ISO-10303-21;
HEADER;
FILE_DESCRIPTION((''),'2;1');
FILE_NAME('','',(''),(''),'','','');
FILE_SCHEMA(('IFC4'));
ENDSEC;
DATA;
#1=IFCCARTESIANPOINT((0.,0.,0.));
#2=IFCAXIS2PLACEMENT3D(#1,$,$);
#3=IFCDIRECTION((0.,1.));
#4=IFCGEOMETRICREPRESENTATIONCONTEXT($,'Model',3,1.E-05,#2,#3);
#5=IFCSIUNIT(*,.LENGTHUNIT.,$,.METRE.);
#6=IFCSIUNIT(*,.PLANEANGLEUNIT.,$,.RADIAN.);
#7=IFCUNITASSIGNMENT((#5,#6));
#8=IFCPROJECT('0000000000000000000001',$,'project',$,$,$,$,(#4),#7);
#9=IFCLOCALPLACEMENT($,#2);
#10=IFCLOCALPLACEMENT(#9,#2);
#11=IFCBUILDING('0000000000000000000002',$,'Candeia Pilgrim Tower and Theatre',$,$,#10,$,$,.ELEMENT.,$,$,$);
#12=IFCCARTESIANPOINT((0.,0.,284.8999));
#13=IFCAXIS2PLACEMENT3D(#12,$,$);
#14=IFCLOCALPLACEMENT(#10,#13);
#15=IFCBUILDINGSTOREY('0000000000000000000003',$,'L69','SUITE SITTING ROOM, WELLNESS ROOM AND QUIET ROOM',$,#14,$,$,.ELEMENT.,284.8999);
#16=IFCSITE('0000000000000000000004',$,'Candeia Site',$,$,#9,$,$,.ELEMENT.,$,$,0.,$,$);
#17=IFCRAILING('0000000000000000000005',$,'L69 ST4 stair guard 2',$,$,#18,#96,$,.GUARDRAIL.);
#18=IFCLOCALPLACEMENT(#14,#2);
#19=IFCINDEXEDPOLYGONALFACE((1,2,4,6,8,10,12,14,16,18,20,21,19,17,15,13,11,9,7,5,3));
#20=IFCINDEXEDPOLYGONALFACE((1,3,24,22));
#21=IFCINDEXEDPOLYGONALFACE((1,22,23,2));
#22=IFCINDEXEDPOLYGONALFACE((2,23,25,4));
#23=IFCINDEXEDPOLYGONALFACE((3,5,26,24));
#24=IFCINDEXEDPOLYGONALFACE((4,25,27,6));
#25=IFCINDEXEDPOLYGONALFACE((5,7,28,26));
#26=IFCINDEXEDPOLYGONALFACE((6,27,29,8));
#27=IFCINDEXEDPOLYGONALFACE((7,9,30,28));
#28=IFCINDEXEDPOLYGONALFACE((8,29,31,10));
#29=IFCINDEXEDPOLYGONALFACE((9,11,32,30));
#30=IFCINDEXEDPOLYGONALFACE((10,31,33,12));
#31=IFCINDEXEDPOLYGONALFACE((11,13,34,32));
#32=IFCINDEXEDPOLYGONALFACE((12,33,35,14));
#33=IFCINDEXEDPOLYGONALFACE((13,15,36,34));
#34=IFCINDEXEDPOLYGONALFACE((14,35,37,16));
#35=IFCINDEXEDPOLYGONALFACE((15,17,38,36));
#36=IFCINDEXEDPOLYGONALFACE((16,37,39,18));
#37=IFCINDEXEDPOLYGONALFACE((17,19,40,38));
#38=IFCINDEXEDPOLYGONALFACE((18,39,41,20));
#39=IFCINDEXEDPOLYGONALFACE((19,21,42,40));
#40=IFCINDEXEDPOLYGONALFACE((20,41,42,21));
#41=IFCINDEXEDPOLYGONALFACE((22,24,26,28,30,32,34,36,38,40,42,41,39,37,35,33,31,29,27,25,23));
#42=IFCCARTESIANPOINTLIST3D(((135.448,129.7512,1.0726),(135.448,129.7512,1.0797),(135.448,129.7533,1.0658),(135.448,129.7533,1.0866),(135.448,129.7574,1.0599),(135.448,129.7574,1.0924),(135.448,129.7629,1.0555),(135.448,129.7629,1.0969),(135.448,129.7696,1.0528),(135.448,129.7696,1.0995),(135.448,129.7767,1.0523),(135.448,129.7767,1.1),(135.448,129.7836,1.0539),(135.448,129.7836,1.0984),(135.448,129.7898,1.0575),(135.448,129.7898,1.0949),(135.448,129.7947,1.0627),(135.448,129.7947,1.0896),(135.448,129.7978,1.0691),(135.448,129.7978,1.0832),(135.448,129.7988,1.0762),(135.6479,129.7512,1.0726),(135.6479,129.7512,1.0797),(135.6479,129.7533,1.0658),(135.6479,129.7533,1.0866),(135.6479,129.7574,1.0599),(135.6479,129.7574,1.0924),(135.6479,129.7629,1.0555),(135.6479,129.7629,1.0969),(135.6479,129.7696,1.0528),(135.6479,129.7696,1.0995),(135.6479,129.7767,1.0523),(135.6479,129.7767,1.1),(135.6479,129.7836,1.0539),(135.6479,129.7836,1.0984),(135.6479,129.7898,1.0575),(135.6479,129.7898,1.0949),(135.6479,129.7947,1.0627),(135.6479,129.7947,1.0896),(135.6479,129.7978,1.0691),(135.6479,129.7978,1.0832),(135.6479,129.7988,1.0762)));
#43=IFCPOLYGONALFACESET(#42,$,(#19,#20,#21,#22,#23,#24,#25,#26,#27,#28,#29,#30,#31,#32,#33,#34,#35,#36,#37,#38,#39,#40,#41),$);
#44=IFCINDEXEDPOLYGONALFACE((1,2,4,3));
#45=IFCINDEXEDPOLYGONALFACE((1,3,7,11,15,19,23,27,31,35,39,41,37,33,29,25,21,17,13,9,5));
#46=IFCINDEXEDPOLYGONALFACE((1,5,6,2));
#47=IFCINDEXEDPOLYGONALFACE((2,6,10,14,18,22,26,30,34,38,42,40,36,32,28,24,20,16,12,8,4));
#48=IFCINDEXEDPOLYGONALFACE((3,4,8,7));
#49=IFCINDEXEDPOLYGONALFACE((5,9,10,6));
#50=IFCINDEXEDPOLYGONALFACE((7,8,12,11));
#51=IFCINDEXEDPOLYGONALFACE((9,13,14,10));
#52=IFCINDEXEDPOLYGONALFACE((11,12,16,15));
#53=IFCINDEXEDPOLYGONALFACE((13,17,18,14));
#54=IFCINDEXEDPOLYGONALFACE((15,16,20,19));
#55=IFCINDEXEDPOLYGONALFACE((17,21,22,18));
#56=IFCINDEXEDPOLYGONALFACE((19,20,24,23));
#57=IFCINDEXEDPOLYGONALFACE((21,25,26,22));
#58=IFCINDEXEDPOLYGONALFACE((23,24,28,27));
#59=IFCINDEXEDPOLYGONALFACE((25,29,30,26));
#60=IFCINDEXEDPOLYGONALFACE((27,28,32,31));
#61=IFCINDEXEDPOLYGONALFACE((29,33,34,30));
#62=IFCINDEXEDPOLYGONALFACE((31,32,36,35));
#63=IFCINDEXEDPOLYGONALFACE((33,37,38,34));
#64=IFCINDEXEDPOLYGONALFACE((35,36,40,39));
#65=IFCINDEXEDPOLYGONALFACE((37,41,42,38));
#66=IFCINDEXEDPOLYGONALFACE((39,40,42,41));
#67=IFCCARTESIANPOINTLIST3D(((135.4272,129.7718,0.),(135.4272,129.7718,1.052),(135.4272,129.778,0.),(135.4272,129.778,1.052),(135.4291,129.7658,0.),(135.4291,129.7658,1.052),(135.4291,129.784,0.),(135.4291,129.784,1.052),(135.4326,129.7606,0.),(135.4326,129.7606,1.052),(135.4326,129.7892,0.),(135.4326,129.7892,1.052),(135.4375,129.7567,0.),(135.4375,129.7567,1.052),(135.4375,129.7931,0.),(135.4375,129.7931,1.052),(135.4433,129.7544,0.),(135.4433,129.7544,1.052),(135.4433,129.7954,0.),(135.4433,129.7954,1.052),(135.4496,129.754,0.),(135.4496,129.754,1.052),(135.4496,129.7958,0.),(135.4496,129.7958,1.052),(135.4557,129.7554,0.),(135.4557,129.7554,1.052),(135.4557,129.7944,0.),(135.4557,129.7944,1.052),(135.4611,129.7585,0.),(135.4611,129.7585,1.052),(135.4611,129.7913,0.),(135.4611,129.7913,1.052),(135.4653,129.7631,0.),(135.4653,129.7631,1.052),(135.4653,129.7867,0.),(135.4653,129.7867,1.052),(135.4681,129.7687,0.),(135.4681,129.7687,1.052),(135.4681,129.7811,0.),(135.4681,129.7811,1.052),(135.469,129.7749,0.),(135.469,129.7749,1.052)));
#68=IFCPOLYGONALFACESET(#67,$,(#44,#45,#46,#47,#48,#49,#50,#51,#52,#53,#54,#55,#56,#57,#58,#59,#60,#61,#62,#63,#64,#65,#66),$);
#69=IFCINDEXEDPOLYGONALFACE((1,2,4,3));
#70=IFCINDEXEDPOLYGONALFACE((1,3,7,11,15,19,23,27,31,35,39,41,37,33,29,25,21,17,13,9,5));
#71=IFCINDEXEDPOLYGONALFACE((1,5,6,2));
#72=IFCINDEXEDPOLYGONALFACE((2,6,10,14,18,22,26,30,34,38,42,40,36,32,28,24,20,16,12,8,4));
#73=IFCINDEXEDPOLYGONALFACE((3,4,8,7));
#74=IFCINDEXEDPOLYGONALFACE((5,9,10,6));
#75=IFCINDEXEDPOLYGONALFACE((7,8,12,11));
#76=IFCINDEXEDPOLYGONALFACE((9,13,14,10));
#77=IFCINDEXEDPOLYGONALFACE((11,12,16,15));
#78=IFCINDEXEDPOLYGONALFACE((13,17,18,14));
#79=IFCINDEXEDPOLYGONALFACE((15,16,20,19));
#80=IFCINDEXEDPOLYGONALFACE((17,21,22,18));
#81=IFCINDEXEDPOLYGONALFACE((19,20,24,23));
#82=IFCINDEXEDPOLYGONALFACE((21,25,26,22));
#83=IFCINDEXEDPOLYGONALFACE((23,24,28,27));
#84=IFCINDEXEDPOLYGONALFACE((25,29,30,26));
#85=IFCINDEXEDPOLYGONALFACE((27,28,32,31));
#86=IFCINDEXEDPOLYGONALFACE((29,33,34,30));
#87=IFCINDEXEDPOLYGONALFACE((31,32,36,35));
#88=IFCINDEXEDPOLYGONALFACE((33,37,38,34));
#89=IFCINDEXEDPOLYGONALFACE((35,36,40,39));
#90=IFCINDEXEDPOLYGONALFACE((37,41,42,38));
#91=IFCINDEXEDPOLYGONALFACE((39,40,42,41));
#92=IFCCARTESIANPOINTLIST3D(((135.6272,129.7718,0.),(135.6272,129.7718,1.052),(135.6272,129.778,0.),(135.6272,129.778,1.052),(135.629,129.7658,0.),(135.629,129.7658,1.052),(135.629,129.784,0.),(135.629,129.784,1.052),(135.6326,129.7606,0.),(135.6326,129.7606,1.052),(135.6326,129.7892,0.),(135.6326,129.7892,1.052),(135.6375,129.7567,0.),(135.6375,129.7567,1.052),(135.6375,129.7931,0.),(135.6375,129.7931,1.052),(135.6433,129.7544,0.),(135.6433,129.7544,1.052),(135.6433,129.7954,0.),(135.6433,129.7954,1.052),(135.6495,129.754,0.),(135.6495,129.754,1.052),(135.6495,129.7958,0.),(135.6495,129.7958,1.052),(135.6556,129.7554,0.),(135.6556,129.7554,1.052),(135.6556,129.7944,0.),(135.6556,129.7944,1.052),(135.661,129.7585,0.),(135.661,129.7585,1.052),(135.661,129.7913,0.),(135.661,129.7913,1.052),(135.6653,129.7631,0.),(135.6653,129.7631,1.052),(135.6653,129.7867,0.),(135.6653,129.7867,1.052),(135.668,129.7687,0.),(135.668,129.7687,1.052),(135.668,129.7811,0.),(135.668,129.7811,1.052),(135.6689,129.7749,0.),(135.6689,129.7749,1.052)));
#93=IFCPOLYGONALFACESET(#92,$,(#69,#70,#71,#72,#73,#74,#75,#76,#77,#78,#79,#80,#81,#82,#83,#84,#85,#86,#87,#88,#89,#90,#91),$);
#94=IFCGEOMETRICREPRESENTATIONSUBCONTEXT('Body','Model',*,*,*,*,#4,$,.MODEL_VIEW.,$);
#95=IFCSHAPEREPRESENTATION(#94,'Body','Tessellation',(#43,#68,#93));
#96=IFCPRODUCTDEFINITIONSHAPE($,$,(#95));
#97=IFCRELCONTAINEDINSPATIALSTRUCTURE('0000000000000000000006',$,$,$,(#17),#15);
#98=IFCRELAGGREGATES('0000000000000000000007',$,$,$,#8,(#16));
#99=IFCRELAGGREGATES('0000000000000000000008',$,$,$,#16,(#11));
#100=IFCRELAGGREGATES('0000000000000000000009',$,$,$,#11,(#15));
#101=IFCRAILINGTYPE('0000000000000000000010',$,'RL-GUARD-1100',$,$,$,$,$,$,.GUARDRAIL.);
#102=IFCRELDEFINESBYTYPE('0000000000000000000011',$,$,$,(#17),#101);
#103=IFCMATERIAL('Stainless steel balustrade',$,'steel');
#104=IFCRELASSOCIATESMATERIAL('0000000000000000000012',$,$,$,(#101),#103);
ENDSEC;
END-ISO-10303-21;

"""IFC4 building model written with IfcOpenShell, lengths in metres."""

from ifc_helpers import new_model, si_unit, direction, frame, origin, origin_2d, place, context, subcontext, project, spatial, circle, extrude, material, type_object, element, save


model = new_model("IFC4")

# Units and contexts
model_context = context("Model", 3, precision=1e-05, world=origin(), true_north=direction((0.0, 1.0)))
body_context = subcontext(model_context, "Body", "Model", "MODEL_VIEW")
ifc_project = project(units=[si_unit("LENGTHUNIT", "METRE"), si_unit("PLANEANGLEUNIT", "RADIAN")], contexts=[model_context])

# Site, building, storey
site_placement = place(None, origin())
site = spatial("IfcSite", under=ifc_project, at=site_placement, Name="Candeia Site", CompositionType="ELEMENT", RefElevation=0.0)
building_placement = place(site_placement, origin())
building = spatial("IfcBuilding", under=site, at=building_placement, Name="Candeia Pilgrim Tower and Theatre", CompositionType="ELEMENT")
storey_placement = place(building_placement, frame((0.0, 0.0, 284.8999)))
storey = spatial("IfcBuildingStorey", under=building, at=storey_placement, Name="L69", Description="SUITE SITTING ROOM, WELLNESS ROOM AND QUIET ROOM", CompositionType="ELEMENT", Elevation=284.8999)

# Railing
ifc_material_1 = material(Name="Stainless steel balustrade", Category="steel")
railing_type_1 = type_object("IfcRailingType", Name="RL-GUARD-1100", PredefinedType="GUARDRAIL", material=ifc_material_1)
railing_1_placement = place(storey_placement, frame((135.448, 129.7749, 0.0)))
element("IfcRailing", 1, at=railing_1_placement, inside=storey, type_object=railing_type_1, Name="L69 ST4 stair guard 2", PredefinedType="GUARDRAIL", context=body_context, shape_type="SweptSolid", body=[
    extrude(circle(Radius=0.0239, at=origin_2d()), frame((0.0, 0.0, 1.0762), z_axis=(1.0, 0.0, 0.0), x_axis=(0.0, 1.0, 0.0)), (0.0, 0.0, 1.0), 0.2),
    extrude(circle(Radius=0.021, at=origin_2d()), origin(), (0.0, 0.0, 1.0), 1.052),
    extrude(circle(Radius=0.021, at=origin_2d()), frame((0.2, 0.0, 0.0)), (0.0, 0.0, 1.0), 1.052),
])

save(model, "model.ifc")
